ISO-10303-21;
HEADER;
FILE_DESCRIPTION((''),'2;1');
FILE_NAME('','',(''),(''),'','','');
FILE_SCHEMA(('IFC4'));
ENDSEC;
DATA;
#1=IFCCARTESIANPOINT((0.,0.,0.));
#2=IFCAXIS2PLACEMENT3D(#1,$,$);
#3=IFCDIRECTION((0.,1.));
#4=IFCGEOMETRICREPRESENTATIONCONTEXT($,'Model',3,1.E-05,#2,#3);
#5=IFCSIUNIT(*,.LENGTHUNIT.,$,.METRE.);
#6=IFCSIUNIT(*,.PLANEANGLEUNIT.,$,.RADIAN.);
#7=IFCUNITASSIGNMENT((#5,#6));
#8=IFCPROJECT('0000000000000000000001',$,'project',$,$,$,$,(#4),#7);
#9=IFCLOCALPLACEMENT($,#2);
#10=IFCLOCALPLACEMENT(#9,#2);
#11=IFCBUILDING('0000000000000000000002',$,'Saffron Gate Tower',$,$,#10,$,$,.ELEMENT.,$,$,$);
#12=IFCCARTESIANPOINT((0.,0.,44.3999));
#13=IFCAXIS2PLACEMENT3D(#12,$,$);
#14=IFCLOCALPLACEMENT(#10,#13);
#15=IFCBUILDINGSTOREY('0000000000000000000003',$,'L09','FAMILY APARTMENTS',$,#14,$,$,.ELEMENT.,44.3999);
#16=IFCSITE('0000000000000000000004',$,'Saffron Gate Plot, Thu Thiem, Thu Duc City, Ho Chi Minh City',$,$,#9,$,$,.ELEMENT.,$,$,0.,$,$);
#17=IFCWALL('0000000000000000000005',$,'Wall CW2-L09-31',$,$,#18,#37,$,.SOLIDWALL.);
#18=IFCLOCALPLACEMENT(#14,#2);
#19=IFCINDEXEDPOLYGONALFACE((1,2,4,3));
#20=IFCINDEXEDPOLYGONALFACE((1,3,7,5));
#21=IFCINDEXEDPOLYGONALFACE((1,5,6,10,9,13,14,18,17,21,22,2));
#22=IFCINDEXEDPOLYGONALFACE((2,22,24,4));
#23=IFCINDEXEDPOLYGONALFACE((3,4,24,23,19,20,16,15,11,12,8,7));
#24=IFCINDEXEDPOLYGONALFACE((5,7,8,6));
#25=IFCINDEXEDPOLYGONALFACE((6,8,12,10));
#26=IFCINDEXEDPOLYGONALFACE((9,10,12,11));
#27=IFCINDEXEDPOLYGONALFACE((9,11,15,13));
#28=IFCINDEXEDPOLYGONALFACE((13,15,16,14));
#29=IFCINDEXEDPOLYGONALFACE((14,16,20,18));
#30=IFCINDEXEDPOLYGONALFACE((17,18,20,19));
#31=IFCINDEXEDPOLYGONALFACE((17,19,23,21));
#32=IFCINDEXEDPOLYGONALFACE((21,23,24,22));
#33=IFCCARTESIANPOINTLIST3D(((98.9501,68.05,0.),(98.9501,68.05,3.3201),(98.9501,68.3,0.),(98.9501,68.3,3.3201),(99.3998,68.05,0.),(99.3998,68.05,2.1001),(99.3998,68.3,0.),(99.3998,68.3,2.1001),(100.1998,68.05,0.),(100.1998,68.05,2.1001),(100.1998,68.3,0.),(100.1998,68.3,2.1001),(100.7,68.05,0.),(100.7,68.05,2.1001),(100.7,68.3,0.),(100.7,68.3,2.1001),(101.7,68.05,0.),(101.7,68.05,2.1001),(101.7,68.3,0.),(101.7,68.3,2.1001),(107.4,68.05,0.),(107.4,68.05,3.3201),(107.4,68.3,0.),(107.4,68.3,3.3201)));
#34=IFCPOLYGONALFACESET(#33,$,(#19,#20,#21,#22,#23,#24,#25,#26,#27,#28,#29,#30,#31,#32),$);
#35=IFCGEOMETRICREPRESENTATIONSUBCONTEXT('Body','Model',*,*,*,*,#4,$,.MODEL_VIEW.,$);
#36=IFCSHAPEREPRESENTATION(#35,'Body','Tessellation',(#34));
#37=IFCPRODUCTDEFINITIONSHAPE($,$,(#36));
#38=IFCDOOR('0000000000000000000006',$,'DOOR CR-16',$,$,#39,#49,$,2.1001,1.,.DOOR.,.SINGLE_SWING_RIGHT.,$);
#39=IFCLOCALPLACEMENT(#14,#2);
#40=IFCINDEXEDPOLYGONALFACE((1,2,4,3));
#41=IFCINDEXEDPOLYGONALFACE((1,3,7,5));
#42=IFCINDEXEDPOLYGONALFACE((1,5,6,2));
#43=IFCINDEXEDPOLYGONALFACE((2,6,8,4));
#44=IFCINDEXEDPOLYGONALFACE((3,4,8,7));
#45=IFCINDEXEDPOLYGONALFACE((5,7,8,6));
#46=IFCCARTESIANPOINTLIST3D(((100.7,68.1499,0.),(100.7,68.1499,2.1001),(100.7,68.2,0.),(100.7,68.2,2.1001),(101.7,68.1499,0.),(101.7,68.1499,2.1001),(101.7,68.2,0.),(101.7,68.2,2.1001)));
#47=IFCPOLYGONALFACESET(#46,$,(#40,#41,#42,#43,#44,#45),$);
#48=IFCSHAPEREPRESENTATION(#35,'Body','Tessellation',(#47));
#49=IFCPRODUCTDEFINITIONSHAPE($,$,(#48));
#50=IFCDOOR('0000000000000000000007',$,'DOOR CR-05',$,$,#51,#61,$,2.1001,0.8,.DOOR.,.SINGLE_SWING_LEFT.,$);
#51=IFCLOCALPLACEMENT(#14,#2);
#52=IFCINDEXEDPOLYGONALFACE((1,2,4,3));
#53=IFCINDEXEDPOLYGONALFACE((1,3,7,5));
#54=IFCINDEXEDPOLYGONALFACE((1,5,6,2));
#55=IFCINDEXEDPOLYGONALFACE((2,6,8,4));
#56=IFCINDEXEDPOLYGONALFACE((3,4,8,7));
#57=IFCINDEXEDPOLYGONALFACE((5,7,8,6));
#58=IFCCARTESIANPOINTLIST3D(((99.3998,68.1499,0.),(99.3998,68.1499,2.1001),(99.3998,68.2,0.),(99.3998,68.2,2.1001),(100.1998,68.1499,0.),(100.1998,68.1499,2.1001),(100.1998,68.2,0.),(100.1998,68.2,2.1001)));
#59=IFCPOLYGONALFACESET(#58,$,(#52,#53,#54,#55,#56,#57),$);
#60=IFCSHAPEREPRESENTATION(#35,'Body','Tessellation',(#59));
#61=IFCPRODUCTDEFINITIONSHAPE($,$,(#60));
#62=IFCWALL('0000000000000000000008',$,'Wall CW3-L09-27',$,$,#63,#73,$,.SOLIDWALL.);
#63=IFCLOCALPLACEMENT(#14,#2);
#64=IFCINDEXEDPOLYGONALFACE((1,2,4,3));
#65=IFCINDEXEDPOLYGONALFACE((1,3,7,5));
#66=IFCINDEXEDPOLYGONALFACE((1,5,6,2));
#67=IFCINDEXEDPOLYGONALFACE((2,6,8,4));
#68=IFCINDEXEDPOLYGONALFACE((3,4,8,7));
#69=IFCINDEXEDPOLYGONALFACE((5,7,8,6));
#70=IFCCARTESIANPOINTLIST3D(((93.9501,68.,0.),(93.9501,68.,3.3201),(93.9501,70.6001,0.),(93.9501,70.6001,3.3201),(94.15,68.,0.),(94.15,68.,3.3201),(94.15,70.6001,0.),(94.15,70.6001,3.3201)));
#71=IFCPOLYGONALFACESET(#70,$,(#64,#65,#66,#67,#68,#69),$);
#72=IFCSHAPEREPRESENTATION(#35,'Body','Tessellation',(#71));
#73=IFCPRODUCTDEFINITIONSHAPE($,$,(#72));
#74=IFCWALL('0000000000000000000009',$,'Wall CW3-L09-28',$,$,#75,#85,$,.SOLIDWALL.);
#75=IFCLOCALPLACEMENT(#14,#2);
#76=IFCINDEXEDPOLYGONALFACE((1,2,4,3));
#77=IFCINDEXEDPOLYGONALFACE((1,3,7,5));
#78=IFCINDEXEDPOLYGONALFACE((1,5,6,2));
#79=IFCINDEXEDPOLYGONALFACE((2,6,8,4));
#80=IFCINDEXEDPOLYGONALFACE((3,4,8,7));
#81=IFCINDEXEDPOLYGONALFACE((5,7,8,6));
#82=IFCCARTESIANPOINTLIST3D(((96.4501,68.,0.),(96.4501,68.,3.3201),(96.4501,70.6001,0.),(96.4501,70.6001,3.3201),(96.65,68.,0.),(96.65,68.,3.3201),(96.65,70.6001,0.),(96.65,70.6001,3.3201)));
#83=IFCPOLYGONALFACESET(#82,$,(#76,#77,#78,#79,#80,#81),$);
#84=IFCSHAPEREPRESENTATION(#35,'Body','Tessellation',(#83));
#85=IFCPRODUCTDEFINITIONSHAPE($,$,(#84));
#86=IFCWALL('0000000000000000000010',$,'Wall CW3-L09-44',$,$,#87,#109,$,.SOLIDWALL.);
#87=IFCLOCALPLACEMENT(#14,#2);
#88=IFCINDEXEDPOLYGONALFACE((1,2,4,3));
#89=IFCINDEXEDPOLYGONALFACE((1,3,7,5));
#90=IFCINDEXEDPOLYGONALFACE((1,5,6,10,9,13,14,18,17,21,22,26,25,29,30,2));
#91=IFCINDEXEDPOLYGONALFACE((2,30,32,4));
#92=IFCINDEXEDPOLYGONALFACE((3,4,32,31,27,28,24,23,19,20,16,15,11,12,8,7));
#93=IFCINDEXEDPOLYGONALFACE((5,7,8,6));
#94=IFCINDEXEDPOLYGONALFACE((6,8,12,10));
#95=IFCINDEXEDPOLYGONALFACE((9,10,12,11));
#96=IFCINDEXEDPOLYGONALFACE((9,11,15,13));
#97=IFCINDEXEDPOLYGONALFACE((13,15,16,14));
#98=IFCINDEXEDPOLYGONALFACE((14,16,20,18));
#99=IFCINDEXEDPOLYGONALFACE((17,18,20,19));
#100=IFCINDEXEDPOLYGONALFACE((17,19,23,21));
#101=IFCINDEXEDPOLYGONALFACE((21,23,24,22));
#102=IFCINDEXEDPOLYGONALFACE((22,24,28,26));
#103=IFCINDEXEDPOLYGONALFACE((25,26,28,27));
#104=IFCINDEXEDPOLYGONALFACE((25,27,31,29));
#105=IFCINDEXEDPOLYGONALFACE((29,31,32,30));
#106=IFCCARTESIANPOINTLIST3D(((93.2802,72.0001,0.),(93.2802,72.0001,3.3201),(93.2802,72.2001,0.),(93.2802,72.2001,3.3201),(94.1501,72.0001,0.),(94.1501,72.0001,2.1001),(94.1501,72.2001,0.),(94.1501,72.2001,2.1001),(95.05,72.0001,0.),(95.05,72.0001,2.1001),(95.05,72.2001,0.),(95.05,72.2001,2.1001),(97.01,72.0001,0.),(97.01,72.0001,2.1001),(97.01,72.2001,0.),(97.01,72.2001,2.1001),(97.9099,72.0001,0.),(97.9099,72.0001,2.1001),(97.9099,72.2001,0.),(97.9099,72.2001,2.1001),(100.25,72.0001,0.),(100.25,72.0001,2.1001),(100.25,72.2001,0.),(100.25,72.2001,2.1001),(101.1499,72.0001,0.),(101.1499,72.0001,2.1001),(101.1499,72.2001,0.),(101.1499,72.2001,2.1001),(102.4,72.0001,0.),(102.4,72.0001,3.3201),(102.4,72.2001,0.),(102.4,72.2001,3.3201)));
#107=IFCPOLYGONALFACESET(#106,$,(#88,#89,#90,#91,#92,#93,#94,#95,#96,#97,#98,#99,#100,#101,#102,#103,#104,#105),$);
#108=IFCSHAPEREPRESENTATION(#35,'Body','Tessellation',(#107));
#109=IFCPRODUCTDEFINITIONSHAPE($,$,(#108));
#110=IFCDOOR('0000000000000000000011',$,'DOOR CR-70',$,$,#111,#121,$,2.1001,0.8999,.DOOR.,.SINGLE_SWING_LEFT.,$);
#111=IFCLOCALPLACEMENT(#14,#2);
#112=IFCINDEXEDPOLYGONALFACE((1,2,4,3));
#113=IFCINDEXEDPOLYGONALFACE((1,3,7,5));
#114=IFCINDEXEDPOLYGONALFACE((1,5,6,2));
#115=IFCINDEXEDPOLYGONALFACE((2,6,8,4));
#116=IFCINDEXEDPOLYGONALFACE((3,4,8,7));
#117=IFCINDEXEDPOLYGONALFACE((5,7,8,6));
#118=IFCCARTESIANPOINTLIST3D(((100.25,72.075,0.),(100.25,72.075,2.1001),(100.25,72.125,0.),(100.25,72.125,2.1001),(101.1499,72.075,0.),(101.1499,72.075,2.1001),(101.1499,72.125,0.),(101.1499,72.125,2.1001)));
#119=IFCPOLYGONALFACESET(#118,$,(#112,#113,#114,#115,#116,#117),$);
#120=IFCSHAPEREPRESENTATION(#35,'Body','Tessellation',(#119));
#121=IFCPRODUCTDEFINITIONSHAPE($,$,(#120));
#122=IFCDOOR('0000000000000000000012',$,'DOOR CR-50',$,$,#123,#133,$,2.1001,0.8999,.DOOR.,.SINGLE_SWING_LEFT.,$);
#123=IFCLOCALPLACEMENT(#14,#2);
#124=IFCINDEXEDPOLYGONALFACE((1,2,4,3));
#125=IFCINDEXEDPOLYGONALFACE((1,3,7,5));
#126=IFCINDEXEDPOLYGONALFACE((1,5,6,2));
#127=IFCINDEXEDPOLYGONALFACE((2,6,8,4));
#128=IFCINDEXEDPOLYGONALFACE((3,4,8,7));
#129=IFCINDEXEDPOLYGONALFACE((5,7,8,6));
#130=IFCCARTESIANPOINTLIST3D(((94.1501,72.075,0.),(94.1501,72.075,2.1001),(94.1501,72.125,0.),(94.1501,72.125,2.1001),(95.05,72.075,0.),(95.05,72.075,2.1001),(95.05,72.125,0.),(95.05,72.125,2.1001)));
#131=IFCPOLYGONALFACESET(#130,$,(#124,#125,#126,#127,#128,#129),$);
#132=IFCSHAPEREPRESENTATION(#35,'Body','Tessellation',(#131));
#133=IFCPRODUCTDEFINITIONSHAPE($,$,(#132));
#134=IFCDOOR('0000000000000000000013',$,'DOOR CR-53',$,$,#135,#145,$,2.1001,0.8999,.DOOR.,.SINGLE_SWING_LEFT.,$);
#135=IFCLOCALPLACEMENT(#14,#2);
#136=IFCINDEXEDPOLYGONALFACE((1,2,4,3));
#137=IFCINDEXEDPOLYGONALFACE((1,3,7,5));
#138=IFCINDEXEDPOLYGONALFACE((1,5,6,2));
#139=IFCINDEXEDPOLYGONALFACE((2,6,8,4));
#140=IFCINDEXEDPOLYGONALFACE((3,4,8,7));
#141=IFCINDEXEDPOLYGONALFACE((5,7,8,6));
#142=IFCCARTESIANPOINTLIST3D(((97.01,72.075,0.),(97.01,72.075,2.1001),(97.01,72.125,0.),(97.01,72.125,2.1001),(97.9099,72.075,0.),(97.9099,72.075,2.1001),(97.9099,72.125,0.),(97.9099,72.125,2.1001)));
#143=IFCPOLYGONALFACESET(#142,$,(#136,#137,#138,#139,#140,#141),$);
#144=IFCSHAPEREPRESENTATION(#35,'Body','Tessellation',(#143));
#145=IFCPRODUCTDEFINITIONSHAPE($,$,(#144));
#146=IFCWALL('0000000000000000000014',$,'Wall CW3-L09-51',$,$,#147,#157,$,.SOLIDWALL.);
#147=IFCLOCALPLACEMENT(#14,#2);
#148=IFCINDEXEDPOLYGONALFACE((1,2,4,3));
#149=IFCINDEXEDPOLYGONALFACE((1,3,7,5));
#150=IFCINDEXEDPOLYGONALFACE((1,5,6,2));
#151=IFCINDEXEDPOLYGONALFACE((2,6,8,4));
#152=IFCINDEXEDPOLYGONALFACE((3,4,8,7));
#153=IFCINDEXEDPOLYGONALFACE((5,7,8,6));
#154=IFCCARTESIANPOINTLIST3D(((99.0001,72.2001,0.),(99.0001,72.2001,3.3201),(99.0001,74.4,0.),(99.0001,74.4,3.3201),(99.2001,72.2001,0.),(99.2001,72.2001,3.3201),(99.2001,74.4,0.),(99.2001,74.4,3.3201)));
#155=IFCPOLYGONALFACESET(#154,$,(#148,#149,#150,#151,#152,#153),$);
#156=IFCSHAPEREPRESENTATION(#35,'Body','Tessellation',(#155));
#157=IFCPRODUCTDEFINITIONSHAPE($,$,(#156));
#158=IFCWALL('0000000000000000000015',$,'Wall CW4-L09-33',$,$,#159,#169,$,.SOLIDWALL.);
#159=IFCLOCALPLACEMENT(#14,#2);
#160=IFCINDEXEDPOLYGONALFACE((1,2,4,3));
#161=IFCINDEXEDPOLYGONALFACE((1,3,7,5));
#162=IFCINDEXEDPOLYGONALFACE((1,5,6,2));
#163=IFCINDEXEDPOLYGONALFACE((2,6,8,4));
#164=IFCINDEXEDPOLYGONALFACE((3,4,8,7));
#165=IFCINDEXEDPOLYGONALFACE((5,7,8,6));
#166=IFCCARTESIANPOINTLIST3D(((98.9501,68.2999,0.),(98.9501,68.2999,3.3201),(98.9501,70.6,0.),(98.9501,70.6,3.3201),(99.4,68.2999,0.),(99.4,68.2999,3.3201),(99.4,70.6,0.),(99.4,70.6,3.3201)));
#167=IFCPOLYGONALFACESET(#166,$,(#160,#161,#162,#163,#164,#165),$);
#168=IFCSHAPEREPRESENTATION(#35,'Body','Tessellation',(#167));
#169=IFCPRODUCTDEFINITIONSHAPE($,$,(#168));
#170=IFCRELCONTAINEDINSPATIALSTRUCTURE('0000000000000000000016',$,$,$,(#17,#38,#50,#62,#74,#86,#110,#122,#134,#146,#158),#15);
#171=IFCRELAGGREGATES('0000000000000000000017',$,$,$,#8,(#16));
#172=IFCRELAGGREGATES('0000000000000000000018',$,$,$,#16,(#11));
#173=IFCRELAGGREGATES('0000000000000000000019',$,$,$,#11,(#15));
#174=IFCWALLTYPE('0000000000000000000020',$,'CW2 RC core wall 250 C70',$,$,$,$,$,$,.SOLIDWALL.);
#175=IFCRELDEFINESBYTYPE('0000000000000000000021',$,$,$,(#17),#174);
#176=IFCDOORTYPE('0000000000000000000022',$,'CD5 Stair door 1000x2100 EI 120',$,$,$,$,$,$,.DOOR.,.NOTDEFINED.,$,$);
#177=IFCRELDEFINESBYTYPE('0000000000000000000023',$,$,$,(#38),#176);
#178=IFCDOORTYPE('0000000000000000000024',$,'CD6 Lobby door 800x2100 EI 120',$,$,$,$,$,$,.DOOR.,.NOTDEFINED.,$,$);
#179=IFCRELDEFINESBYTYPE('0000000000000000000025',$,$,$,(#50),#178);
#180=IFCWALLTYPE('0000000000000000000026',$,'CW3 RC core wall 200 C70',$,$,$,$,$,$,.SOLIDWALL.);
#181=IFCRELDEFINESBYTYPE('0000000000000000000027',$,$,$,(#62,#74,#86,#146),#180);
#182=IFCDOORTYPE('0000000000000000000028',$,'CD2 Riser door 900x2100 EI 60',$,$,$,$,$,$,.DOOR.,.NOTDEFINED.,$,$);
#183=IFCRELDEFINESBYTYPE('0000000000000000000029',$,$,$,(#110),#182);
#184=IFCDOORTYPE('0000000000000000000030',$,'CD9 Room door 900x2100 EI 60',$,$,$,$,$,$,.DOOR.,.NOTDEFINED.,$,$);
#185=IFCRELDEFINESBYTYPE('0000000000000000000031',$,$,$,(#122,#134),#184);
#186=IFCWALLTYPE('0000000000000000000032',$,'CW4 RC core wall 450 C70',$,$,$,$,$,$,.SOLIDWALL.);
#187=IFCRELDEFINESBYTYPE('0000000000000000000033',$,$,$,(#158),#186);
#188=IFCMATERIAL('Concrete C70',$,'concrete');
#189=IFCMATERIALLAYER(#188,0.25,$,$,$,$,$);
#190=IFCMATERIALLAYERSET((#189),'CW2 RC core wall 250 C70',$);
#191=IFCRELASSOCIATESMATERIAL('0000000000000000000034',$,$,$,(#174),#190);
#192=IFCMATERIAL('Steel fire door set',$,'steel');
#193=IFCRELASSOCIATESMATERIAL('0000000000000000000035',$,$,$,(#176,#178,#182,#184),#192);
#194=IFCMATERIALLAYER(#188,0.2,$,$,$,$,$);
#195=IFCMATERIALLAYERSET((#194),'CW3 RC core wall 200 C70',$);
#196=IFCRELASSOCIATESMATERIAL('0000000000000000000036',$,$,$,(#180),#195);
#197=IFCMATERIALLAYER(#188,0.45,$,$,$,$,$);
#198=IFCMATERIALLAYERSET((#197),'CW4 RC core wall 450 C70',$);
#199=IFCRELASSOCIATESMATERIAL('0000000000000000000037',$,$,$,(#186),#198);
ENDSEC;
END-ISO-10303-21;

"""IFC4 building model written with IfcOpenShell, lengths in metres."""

from ifc_helpers import new_model, si_unit, direction, frame, frame_2d, origin, place, context, subcontext, project, spatial, rectangle, extrude, material, layer, layer_set, type_object, element, fill, save


model = new_model("IFC4")

# Units and contexts
model_context = context("Model", 3, precision=1e-05, world=origin(), true_north=direction((0.0, 1.0)))
body_context = subcontext(model_context, "Body", "Model", "MODEL_VIEW")
ifc_project = project(units=[si_unit("LENGTHUNIT", "METRE"), si_unit("PLANEANGLEUNIT", "RADIAN")], contexts=[model_context])

# Site, building, storey
site_placement = place(None, origin())
site = spatial("IfcSite", under=ifc_project, at=site_placement, Name="Saffron Gate Plot, Thu Thiem, Thu Duc City, Ho Chi Minh City", CompositionType="ELEMENT", RefElevation=0.0)
building_placement = place(site_placement, origin())
building = spatial("IfcBuilding", under=site, at=building_placement, Name="Saffron Gate Tower", CompositionType="ELEMENT")
storey_placement = place(building_placement, frame((0.0, 0.0, 44.3999)))
storey = spatial("IfcBuildingStorey", under=building, at=storey_placement, Name="L09", Description="FAMILY APARTMENTS", CompositionType="ELEMENT", Elevation=44.3999)

# Wall, openings, doors
ifc_material_1 = material(Name="Concrete C70", Category="concrete")
ifc_layer_1 = layer(ifc_material_1, 0.25)
ifc_layer_set_1 = layer_set([ifc_layer_1], Name="CW2 RC core wall 250 C70")
wall_type_1 = type_object("IfcWallType", Name="CW2 RC core wall 250 C70", PredefinedType="SOLIDWALL", material=ifc_layer_set_1)
wall_1_placement = place(storey_placement, frame((98.95, 68.175, 0.0), z_axis=(0.0, 0.0, 1.0), x_axis=(1.0, 0.0, 0.0)))
wall_1 = element("IfcWall", 1, at=wall_1_placement, inside=storey, type_object=wall_type_1, Name="Wall CW2-L09-31", PredefinedType="SOLIDWALL", context=body_context, shape_type="SweptSolid", body=[
    extrude(rectangle(XDim=8.45, YDim=0.25, at=frame_2d((4.2251, 0.0))), origin(), (0.0, 0.0, 1.0), 3.3201),
])
opening_1_placement = place(wall_1_placement, frame((0.45, 0.0, 0.0)))
opening_1 = element("IfcOpeningElement", 2, at=opening_1_placement, cuts=wall_1, PredefinedType="OPENING", context=body_context, shape_type="SweptSolid", body=[
    extrude(rectangle(XDim=0.8, YDim=2.1001, at=frame_2d((0.3999, 1.05))), frame((0.0, 0.135, 0.0), z_axis=(0.0, -1.0, 0.0), x_axis=(1.0, 0.0, 0.0)), (0.0, 0.0, 1.0), 0.27),
])
opening_2_placement = place(wall_1_placement, frame((1.75, 0.0, 0.0)))
opening_2 = element("IfcOpeningElement", 3, at=opening_2_placement, cuts=wall_1, PredefinedType="OPENING", context=body_context, shape_type="SweptSolid", body=[
    extrude(rectangle(XDim=1.0, YDim=2.1001, at=frame_2d((0.5, 1.05))), frame((0.0, 0.135, 0.0), z_axis=(0.0, -1.0, 0.0), x_axis=(1.0, 0.0, 0.0)), (0.0, 0.0, 1.0), 0.27),
])
ifc_material_2 = material(Name="Steel fire door set", Category="steel")
door_type_1 = type_object("IfcDoorType", Name="CD5 Stair door 1000x2100 EI 120", OperationType="NOTDEFINED", PredefinedType="DOOR", material=ifc_material_2)
door_1_placement = place(opening_2_placement, origin())
door_1 = element("IfcDoor", 4, at=door_1_placement, inside=storey, type_object=door_type_1, Name="DOOR CR-16", OperationType="SINGLE_SWING_RIGHT", OverallHeight=2.1001, OverallWidth=1.0, PredefinedType="DOOR", context=body_context, shape_type="SweptSolid", body=[
    extrude(rectangle(XDim=1.0, YDim=2.1001, at=frame_2d((0.5, 1.05))), frame((0.0, 0.0249, 0.0), z_axis=(0.0, -1.0, 0.0), x_axis=(1.0, 0.0, 0.0)), (0.0, 0.0, 1.0), 0.05),
])
fill(opening_2, door_1)
door_type_2 = type_object("IfcDoorType", Name="CD6 Lobby door 800x2100 EI 120", OperationType="NOTDEFINED", PredefinedType="DOOR", material=ifc_material_2)
door_2_placement = place(opening_1_placement, origin())
door_2 = element("IfcDoor", 5, at=door_2_placement, inside=storey, type_object=door_type_2, Name="DOOR CR-05", OperationType="SINGLE_SWING_LEFT", OverallHeight=2.1001, OverallWidth=0.8, PredefinedType="DOOR", context=body_context, shape_type="SweptSolid", body=[
    extrude(rectangle(XDim=0.8, YDim=2.1001, at=frame_2d((0.3999, 1.05))), frame((0.0, 0.0249, 0.0), z_axis=(0.0, -1.0, 0.0), x_axis=(1.0, 0.0, 0.0)), (0.0, 0.0, 1.0), 0.05),
])
fill(opening_1, door_2)

# Walls
ifc_layer_2 = layer(ifc_material_1, 0.2)
ifc_layer_set_2 = layer_set([ifc_layer_2], Name="CW3 RC core wall 200 C70")
wall_type_2 = type_object("IfcWallType", Name="CW3 RC core wall 200 C70", PredefinedType="SOLIDWALL", material=ifc_layer_set_2)
for number, where, z_axis, x_axis, name in (
    (6, (94.05, 68.0, 0.0), (0.0, 0.0, 1.0), (0.0, 1.0, 0.0), "Wall CW3-L09-27"),
    (7, (96.55, 68.0, 0.0), (0.0, 0.0, 1.0), (0.0, 1.0, 0.0), "Wall CW3-L09-28"),
):
    element("IfcWall", number, at=place(storey_placement, frame(where, z_axis=z_axis, x_axis=x_axis)), inside=storey, type_object=wall_type_2, Name=name, PredefinedType="SOLIDWALL", context=body_context, shape_type="SweptSolid", body=[
        extrude(rectangle(XDim=2.6001, YDim=0.2, at=frame_2d((1.3, 0.0))), origin(), (0.0, 0.0, 1.0), 3.3201),
    ])

# Wall, openings, doors
wall_2_placement = place(storey_placement, frame((93.28, 72.1001, 0.0), z_axis=(0.0, 0.0, 1.0), x_axis=(1.0, 0.0, 0.0)))
wall_2 = element("IfcWall", 8, at=wall_2_placement, inside=storey, type_object=wall_type_2, Name="Wall CW3-L09-44", PredefinedType="SOLIDWALL", context=body_context, shape_type="SweptSolid", body=[
    extrude(rectangle(XDim=9.1199, YDim=0.2, at=frame_2d((4.5601, 0.0))), origin(), (0.0, 0.0, 1.0), 3.3201),
])
opening_3_placement = place(wall_2_placement, frame((0.8701, 0.0, 0.0)))
opening_3 = element("IfcOpeningElement", 9, at=opening_3_placement, cuts=wall_2, PredefinedType="OPENING", context=body_context, shape_type="SweptSolid", body=[
    extrude(rectangle(XDim=0.8999, YDim=2.1001, at=frame_2d((0.45, 1.05))), frame((0.0, 0.1099, 0.0), z_axis=(0.0, -1.0, 0.0), x_axis=(1.0, 0.0, 0.0)), (0.0, 0.0, 1.0), 0.22),
])
opening_4_placement = place(wall_2_placement, frame((3.73, 0.0, 0.0)))
opening_4 = element("IfcOpeningElement", 10, at=opening_4_placement, cuts=wall_2, PredefinedType="OPENING", context=body_context, shape_type="SweptSolid", body=[
    extrude(rectangle(XDim=0.8999, YDim=2.1001, at=frame_2d((0.45, 1.05))), frame((0.0, 0.1099, 0.0), z_axis=(0.0, -1.0, 0.0), x_axis=(1.0, 0.0, 0.0)), (0.0, 0.0, 1.0), 0.22),
])
opening_5_placement = place(wall_2_placement, frame((6.97, 0.0, 0.0)))
opening_5 = element("IfcOpeningElement", 11, at=opening_5_placement, cuts=wall_2, PredefinedType="OPENING", context=body_context, shape_type="SweptSolid", body=[
    extrude(rectangle(XDim=0.8999, YDim=2.1001, at=frame_2d((0.45, 1.05))), frame((0.0, 0.1099, 0.0), z_axis=(0.0, -1.0, 0.0), x_axis=(1.0, 0.0, 0.0)), (0.0, 0.0, 1.0), 0.22),
])
door_type_3 = type_object("IfcDoorType", Name="CD2 Riser door 900x2100 EI 60", OperationType="NOTDEFINED", PredefinedType="DOOR", material=ifc_material_2)
door_3_placement = place(opening_5_placement, origin())
door_3 = element("IfcDoor", 12, at=door_3_placement, inside=storey, type_object=door_type_3, Name="DOOR CR-70", OperationType="SINGLE_SWING_LEFT", OverallHeight=2.1001, OverallWidth=0.8999, PredefinedType="DOOR", context=body_context, shape_type="SweptSolid", body=[
    extrude(rectangle(XDim=0.8999, YDim=2.1001, at=frame_2d((0.45, 1.05))), frame((0.0, 0.0249, 0.0), z_axis=(0.0, -1.0, 0.0), x_axis=(1.0, 0.0, 0.0)), (0.0, 0.0, 1.0), 0.05),
])
fill(opening_5, door_3)
door_type_4 = type_object("IfcDoorType", Name="CD9 Room door 900x2100 EI 60", OperationType="NOTDEFINED", PredefinedType="DOOR", material=ifc_material_2)
door_4_placement = place(opening_3_placement, origin())
door_4 = element("IfcDoor", 13, at=door_4_placement, inside=storey, type_object=door_type_4, Name="DOOR CR-50", OperationType="SINGLE_SWING_LEFT", OverallHeight=2.1001, OverallWidth=0.8999, PredefinedType="DOOR", context=body_context, shape_type="SweptSolid", body=[
    extrude(rectangle(XDim=0.8999, YDim=2.1001, at=frame_2d((0.45, 1.05))), frame((0.0, 0.0249, 0.0), z_axis=(0.0, -1.0, 0.0), x_axis=(1.0, 0.0, 0.0)), (0.0, 0.0, 1.0), 0.05),
])
fill(opening_3, door_4)
door_5_placement = place(opening_4_placement, origin())
door_5 = element("IfcDoor", 14, at=door_5_placement, inside=storey, type_object=door_type_4, Name="DOOR CR-53", OperationType="SINGLE_SWING_LEFT", OverallHeight=2.1001, OverallWidth=0.8999, PredefinedType="DOOR", context=body_context, shape_type="SweptSolid", body=[
    extrude(rectangle(XDim=0.8999, YDim=2.1001, at=frame_2d((0.45, 1.05))), frame((0.0, 0.0249, 0.0), z_axis=(0.0, -1.0, 0.0), x_axis=(1.0, 0.0, 0.0)), (0.0, 0.0, 1.0), 0.05),
])
fill(opening_4, door_5)

# Walls
wall_3_placement = place(storey_placement, frame((99.1001, 72.2, 0.0), z_axis=(0.0, 0.0, 1.0), x_axis=(0.0, 1.0, 0.0)))
element("IfcWall", 15, at=wall_3_placement, inside=storey, type_object=wall_type_2, Name="Wall CW3-L09-51", PredefinedType="SOLIDWALL", context=body_context, shape_type="SweptSolid", body=[
    extrude(rectangle(XDim=2.2, YDim=0.2, at=frame_2d((1.1001, 0.0))), origin(), (0.0, 0.0, 1.0), 3.3201),
])
ifc_layer_3 = layer(ifc_material_1, 0.45)
ifc_layer_set_3 = layer_set([ifc_layer_3], Name="CW4 RC core wall 450 C70")
wall_type_3 = type_object("IfcWallType", Name="CW4 RC core wall 450 C70", PredefinedType="SOLIDWALL", material=ifc_layer_set_3)
wall_4_placement = place(storey_placement, frame((99.175, 68.3, 0.0), z_axis=(0.0, 0.0, 1.0), x_axis=(0.0, 1.0, 0.0)))
element("IfcWall", 16, at=wall_4_placement, inside=storey, type_object=wall_type_3, Name="Wall CW4-L09-33", PredefinedType="SOLIDWALL", context=body_context, shape_type="SweptSolid", body=[
    extrude(rectangle(XDim=2.3, YDim=0.45, at=frame_2d((1.1499, 0.0))), origin(), (0.0, 0.0, 1.0), 3.3201),
])

save(model, "model.ifc")
